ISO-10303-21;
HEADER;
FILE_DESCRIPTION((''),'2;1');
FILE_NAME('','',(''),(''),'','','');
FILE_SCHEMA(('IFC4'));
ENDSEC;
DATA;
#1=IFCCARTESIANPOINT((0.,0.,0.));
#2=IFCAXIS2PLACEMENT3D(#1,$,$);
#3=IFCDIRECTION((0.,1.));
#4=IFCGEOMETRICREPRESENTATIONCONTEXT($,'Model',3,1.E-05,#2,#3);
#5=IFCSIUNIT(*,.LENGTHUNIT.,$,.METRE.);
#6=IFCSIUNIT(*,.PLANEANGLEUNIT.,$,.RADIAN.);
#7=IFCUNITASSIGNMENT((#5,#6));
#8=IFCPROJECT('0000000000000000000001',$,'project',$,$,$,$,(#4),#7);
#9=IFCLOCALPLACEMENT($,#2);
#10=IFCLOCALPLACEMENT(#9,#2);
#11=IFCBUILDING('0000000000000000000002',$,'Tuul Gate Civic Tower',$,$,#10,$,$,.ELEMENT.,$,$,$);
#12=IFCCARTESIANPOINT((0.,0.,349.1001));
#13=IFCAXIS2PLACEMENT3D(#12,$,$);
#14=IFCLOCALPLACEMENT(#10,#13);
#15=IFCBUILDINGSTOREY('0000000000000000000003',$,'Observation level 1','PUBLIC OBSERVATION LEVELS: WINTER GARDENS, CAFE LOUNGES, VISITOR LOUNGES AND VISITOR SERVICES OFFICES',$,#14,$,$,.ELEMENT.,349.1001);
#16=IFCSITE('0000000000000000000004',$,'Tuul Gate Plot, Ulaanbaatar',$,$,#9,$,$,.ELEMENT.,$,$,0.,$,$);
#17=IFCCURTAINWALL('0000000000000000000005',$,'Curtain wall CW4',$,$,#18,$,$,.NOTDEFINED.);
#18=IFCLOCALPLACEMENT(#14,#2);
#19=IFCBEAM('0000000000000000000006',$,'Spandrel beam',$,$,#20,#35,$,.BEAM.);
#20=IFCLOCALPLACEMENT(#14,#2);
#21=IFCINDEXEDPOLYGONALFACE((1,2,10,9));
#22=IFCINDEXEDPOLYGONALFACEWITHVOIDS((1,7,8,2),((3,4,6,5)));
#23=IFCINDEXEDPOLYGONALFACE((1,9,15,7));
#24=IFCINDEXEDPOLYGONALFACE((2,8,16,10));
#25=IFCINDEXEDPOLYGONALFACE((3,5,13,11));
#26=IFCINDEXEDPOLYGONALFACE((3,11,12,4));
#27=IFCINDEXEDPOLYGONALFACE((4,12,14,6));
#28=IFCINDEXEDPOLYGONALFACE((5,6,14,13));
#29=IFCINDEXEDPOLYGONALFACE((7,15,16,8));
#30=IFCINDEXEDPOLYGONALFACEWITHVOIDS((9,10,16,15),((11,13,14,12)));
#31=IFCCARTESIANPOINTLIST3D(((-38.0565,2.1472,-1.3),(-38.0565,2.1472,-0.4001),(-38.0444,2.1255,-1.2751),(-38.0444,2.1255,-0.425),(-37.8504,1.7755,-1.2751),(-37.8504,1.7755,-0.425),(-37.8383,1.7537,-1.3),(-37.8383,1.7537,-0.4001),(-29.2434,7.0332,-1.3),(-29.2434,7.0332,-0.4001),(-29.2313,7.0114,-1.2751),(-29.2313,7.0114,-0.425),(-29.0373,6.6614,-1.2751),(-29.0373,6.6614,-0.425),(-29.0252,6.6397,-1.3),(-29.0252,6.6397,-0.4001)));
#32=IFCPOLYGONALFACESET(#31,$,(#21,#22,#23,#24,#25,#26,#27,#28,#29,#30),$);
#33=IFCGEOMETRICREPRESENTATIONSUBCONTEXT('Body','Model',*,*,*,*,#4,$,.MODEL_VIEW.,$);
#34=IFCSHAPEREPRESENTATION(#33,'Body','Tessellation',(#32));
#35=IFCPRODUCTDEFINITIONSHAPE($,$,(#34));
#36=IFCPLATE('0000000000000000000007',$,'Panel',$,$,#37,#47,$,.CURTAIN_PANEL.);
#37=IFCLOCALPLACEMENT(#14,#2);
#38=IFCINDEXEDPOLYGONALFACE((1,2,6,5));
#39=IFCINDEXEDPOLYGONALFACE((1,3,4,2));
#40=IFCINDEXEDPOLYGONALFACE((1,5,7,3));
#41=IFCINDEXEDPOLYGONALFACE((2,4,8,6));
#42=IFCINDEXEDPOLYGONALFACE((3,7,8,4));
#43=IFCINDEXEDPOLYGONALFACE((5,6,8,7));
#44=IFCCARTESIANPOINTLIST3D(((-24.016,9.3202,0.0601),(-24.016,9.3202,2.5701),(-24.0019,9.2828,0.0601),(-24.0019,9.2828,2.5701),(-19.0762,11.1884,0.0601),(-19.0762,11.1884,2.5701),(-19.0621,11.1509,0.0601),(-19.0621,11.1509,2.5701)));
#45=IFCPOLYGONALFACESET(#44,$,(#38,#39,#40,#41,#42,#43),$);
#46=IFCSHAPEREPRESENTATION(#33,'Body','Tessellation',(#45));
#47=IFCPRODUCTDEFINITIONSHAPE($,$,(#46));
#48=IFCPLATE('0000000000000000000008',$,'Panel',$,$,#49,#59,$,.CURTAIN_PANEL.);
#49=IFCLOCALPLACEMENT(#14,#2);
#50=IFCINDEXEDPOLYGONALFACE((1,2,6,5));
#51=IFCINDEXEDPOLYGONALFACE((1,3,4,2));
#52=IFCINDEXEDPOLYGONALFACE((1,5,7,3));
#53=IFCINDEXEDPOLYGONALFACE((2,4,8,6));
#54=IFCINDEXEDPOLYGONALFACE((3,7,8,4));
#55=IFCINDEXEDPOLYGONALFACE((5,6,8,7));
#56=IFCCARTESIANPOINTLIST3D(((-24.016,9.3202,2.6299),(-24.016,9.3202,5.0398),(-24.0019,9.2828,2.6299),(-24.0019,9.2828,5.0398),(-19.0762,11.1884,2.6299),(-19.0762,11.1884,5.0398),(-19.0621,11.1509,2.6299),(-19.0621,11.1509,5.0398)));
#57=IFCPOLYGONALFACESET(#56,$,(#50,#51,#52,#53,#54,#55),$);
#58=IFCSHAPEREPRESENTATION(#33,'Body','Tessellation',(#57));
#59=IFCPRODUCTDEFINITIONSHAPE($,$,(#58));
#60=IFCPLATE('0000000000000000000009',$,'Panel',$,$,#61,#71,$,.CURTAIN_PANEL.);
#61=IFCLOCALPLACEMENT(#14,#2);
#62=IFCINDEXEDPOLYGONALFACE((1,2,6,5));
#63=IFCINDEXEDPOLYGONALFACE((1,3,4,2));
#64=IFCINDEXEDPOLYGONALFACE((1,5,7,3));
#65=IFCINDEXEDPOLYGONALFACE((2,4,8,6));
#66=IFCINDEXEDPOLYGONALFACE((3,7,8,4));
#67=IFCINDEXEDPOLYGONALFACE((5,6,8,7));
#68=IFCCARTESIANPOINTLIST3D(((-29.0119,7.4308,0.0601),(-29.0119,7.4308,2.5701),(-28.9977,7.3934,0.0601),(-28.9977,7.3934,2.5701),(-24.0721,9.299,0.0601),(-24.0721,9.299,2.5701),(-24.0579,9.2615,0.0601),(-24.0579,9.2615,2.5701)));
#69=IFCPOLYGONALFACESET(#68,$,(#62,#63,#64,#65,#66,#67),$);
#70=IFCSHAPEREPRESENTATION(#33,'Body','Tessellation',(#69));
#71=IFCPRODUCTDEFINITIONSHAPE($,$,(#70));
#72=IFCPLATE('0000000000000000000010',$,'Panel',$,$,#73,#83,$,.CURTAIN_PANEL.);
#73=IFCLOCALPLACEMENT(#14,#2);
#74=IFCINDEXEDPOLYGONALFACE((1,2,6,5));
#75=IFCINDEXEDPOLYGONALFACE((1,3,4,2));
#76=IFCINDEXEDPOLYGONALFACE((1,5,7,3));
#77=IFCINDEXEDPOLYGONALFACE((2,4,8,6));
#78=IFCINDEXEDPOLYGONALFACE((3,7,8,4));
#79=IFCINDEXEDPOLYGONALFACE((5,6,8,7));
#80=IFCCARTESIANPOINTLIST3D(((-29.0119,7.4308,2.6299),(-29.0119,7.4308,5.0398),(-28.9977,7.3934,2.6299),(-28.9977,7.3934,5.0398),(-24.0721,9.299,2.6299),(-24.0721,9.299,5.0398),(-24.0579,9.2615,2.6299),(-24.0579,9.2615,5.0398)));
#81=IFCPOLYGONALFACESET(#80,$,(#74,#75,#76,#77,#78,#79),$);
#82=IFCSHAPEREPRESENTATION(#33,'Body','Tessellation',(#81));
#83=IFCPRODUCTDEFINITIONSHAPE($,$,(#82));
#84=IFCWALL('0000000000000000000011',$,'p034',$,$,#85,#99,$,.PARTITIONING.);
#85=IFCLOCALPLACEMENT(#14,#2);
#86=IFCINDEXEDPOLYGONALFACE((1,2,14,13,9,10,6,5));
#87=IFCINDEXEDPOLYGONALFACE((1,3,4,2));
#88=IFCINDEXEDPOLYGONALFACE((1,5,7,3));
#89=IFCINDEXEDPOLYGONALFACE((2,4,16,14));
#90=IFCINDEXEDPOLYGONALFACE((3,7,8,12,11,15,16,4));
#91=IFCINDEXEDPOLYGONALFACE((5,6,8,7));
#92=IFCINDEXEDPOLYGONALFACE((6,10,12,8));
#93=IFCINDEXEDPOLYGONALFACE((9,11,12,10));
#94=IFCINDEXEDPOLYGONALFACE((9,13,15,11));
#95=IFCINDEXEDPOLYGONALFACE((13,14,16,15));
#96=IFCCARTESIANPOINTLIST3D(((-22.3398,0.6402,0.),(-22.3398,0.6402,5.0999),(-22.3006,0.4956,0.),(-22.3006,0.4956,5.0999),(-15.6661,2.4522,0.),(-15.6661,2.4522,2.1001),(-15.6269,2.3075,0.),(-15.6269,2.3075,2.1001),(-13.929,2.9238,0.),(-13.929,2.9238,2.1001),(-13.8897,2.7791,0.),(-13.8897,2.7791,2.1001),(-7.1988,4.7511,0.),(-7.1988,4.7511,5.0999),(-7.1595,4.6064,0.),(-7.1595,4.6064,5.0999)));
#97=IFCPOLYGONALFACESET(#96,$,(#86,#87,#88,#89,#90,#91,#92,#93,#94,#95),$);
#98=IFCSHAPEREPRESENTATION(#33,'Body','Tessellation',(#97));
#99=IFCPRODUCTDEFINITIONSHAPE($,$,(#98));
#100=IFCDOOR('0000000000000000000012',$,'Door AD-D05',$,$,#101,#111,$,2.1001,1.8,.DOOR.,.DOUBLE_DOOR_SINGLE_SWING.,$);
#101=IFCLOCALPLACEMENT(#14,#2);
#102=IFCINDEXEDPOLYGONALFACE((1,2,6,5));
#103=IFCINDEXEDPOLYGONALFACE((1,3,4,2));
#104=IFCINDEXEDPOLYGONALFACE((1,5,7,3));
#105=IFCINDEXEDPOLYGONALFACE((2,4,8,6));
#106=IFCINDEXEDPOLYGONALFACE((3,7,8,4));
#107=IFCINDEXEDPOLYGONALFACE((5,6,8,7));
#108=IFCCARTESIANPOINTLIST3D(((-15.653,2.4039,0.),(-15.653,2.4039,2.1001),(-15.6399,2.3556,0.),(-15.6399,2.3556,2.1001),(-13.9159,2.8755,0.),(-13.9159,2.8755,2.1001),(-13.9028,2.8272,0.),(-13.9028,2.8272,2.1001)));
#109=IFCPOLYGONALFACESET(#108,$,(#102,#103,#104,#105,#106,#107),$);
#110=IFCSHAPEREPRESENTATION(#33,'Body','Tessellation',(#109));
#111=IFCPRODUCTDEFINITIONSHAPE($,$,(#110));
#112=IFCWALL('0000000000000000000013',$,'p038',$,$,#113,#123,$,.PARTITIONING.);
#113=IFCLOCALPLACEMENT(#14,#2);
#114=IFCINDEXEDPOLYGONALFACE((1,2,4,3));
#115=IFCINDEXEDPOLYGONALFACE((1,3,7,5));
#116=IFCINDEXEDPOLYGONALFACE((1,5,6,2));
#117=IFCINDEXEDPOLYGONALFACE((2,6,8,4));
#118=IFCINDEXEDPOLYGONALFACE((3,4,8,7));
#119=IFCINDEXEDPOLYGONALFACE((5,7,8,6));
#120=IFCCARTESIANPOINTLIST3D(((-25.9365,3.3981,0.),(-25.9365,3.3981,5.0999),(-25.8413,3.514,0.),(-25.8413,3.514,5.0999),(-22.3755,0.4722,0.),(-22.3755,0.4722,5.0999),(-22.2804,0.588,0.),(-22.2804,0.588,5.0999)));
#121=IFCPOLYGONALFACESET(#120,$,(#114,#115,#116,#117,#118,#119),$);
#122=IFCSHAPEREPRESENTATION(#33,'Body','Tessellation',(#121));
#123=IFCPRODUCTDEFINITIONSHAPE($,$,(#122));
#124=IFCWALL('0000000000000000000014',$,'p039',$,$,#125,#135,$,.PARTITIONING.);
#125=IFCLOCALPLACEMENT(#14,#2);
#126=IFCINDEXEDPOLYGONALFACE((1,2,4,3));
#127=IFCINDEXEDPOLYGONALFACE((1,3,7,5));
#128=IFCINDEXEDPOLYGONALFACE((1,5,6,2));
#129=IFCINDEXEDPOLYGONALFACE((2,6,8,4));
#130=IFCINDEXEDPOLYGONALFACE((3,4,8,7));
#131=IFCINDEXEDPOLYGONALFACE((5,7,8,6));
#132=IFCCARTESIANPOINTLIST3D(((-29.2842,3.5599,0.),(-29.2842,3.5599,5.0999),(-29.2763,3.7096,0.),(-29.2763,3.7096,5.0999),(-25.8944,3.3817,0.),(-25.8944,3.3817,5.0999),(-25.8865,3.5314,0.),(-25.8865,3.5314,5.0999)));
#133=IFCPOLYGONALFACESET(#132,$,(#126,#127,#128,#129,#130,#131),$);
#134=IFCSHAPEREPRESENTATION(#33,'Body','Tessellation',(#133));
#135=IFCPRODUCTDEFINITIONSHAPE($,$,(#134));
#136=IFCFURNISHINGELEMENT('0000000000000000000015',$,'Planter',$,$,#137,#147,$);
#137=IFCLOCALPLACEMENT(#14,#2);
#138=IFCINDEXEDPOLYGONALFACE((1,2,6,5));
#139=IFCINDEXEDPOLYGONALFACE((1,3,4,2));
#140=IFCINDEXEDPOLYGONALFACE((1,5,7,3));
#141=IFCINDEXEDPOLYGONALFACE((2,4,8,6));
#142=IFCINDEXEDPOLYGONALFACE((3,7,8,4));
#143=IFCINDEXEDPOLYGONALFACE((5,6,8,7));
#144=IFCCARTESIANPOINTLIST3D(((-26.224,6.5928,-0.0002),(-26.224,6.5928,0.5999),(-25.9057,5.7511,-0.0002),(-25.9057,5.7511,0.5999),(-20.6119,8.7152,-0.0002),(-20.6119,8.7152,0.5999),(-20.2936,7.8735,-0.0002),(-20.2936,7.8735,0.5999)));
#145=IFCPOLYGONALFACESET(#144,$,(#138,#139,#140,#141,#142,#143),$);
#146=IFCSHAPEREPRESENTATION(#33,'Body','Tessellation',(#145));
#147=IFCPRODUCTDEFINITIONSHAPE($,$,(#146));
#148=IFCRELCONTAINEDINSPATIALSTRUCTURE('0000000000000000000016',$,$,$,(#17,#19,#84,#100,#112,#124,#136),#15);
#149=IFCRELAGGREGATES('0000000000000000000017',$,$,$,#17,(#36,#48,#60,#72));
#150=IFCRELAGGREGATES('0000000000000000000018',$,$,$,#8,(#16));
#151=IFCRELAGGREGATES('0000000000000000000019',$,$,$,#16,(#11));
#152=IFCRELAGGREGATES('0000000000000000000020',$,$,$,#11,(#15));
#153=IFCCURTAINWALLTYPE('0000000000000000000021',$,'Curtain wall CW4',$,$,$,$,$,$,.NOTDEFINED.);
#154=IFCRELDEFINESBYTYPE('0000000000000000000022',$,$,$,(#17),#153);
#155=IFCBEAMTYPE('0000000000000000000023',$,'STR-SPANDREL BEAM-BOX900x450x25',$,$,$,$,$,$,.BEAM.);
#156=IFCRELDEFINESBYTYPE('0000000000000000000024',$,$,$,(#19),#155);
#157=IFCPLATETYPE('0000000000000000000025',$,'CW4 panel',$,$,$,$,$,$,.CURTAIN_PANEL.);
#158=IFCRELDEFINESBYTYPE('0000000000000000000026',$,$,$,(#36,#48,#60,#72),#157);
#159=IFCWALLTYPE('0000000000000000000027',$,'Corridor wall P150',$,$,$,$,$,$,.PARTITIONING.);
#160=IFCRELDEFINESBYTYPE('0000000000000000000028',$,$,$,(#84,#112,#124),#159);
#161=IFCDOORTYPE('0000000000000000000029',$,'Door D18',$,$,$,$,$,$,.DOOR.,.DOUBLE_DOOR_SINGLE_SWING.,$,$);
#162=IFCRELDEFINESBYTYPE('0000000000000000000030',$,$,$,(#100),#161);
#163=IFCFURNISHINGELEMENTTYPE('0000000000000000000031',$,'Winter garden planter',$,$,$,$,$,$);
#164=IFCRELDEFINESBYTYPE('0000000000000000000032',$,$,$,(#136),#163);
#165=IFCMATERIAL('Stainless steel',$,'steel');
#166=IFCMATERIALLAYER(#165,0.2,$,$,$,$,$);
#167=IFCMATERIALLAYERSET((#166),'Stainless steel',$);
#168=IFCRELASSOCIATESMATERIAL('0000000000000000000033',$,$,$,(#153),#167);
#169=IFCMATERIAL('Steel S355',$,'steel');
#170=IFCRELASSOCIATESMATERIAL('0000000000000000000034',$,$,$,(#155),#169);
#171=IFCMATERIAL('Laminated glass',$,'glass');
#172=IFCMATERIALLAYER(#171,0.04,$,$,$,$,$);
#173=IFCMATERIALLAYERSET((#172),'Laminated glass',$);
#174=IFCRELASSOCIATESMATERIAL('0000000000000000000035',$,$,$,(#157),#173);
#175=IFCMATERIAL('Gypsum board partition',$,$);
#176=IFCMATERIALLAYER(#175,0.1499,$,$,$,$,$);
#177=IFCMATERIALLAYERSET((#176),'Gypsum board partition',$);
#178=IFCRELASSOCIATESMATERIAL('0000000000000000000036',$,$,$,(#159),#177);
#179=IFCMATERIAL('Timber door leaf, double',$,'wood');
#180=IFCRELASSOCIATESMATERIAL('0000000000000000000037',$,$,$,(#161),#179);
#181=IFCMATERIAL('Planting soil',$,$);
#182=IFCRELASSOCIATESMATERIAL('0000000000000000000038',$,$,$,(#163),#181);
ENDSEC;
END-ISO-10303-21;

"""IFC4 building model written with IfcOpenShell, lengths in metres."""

from ifc_helpers import new_model, si_unit, direction, frame, frame_2d, origin, origin_2d, place, context, subcontext, project, spatial, rectangle, hollow_rectangle, extrude, material, layer, layer_set, material_profile, profile_set, type_object, element, fill, aggregate, save


model = new_model("IFC4")

# Units and contexts
model_context = context("Model", 3, precision=1e-05, world=origin(), true_north=direction((0.0, 1.0)))
body_context = subcontext(model_context, "Body", "Model", "MODEL_VIEW")
ifc_project = project(units=[si_unit("LENGTHUNIT", "METRE"), si_unit("PLANEANGLEUNIT", "RADIAN")], contexts=[model_context])

# Site, building, storey
site_placement = place(None, origin())
site = spatial("IfcSite", under=ifc_project, at=site_placement, Name="Tuul Gate Plot, Ulaanbaatar", CompositionType="ELEMENT", RefElevation=0.0)
building_placement = place(site_placement, origin())
building = spatial("IfcBuilding", under=site, at=building_placement, Name="Tuul Gate Civic Tower", CompositionType="ELEMENT")
storey_placement = place(building_placement, frame((0.0, 0.0, 349.1001)))
storey = spatial("IfcBuildingStorey", under=building, at=storey_placement, Name="Observation level 1", Description="PUBLIC OBSERVATION LEVELS: WINTER GARDENS, CAFE LOUNGES, VISITOR LOUNGES AND VISITOR SERVICES OFFICES", CompositionType="ELEMENT", Elevation=349.1001)

# Curtain wall
ifc_material_1 = material(Name="Stainless steel", Category="steel")
ifc_layer_1 = layer(ifc_material_1, 0.2)
ifc_layer_set_1 = layer_set([ifc_layer_1], Name="Stainless steel")
curtain_wall_type = type_object("IfcCurtainWallType", Name="Curtain wall CW4", PredefinedType="NOTDEFINED", material=ifc_layer_set_1)
curtain_wall_1_placement = place(storey_placement, origin())
curtain_wall_1 = element("IfcCurtainWall", 1, at=curtain_wall_1_placement, inside=storey, type_object=curtain_wall_type, Name="Curtain wall CW4", PredefinedType="NOTDEFINED")

# Beam
ifc_material_2 = material(Name="Steel S355", Category="steel")
ifc_material_profile_1 = material_profile(ifc_material_2, hollow_rectangle(XDim=0.45, YDim=0.8999, WallThickness=0.0249, at=origin_2d()), Name="BOX900x450x25")
ifc_profile_set_1 = profile_set([ifc_material_profile_1], Name="Steel S355")
beam_type = type_object("IfcBeamType", Name="STR-SPANDREL BEAM-BOX900x450x25", PredefinedType="BEAM", material=ifc_profile_set_1)
beam_placement = place(storey_placement, frame((-29.1343, 6.8364, -0.8501), z_axis=(-0.874589, -0.484865, 0.0), x_axis=(0.484865, -0.874589, 0.0)))
element("IfcBeam", 2, at=beam_placement, inside=storey, type_object=beam_type, Name="Spandrel beam", PredefinedType="BEAM", context=body_context, shape_type="SweptSolid", body=[
    extrude(hollow_rectangle(XDim=0.45, YDim=0.8999, WallThickness=0.0249, at=origin_2d()), origin(), (0.0, 0.0, 1.0), 10.0769),
])

# Plates
ifc_material_3 = material(Name="Laminated glass", Category="glass")
ifc_layer_2 = layer(ifc_material_3, 0.04)
ifc_layer_set_2 = layer_set([ifc_layer_2], Name="Laminated glass")
plate_type = type_object("IfcPlateType", Name="CW4 panel", PredefinedType="CURTAIN_PANEL", material=ifc_layer_set_2)
plate_1_placement = place(storey_placement, frame((-21.5391, 10.2356, 0.0601), z_axis=(0.0, 0.0, 1.0), x_axis=(-0.935346, -0.353734, 0.0)))
plate_1 = element("IfcPlate", 3, at=plate_1_placement, type_object=plate_type, Name="Panel", PredefinedType="CURTAIN_PANEL", context=body_context, shape_type="SweptSolid", body=[
    extrude(rectangle(XDim=5.2812, YDim=0.04, at=origin_2d()), origin(), (0.0, 0.0, 1.0), 2.51),
])
plate_2_placement = place(storey_placement, frame((-21.5391, 10.2356, 2.6299), z_axis=(0.0, 0.0, 1.0), x_axis=(-0.935346, -0.353734, 0.0)))
plate_2 = element("IfcPlate", 4, at=plate_2_placement, type_object=plate_type, Name="Panel", PredefinedType="CURTAIN_PANEL", context=body_context, shape_type="SweptSolid", body=[
    extrude(rectangle(XDim=5.2812, YDim=0.04, at=origin_2d()), origin(), (0.0, 0.0, 1.0), 2.4099),
])
plate_3_placement = place(storey_placement, frame((-26.5349, 8.3462, 0.0601), z_axis=(0.0, 0.0, 1.0), x_axis=(-0.935346, -0.353734, 0.0)))
plate_3 = element("IfcPlate", 5, at=plate_3_placement, type_object=plate_type, Name="Panel", PredefinedType="CURTAIN_PANEL", context=body_context, shape_type="SweptSolid", body=[
    extrude(rectangle(XDim=5.2812, YDim=0.04, at=origin_2d()), origin(), (0.0, 0.0, 1.0), 2.51),
])
plate_4_placement = place(storey_placement, frame((-26.5349, 8.3462, 2.6299), z_axis=(0.0, 0.0, 1.0), x_axis=(-0.935346, -0.353734, 0.0)))
plate_4 = element("IfcPlate", 6, at=plate_4_placement, type_object=plate_type, Name="Panel", PredefinedType="CURTAIN_PANEL", context=body_context, shape_type="SweptSolid", body=[
    extrude(rectangle(XDim=5.2812, YDim=0.04, at=origin_2d()), origin(), (0.0, 0.0, 1.0), 2.4099),
])
aggregate(curtain_wall_1, [plate_1, plate_2, plate_3, plate_4])

# Wall, opening, door
ifc_material_4 = material(Name="Gypsum board partition")
ifc_layer_3 = layer(ifc_material_4, 0.1499)
ifc_layer_set_3 = layer_set([ifc_layer_3], Name="Gypsum board partition")
wall_type = type_object("IfcWallType", Name="Corridor wall P150", PredefinedType="PARTITIONING", material=ifc_layer_set_3)
wall_1_placement = place(storey_placement, frame((-22.3203, 0.5679, 0.0), z_axis=(0.0, 0.0, 1.0), x_axis=(0.965063, 0.262016, 0.0)))
wall_1 = element("IfcWall", 7, at=wall_1_placement, inside=storey, type_object=wall_type, Name="p034", PredefinedType="PARTITIONING", context=body_context, shape_type="SweptSolid", body=[
    extrude(rectangle(XDim=15.6892, YDim=0.1499, at=frame_2d((7.8447, 0.0))), origin(), (0.0, 0.0, 1.0), 5.0999),
])
opening_placement = place(wall_1_placement, frame((6.9155, 0.0, 0.0)))
opening = element("IfcOpeningElement", 8, at=opening_placement, cuts=wall_1, PredefinedType="OPENING", context=body_context, shape_type="SweptSolid", body=[
    extrude(rectangle(XDim=1.8, YDim=2.1001, at=frame_2d((0.8999, 1.05))), frame((0.0, 0.085, 0.0), z_axis=(0.0, -1.0, 0.0), x_axis=(1.0, 0.0, 0.0)), (0.0, 0.0, 1.0), 0.1699),
])
ifc_material_5 = material(Name="Timber door leaf, double", Category="wood")
door_type = type_object("IfcDoorType", Name="Door D18", OperationType="DOUBLE_DOOR_SINGLE_SWING", PredefinedType="DOOR", material=ifc_material_5)
door_placement = place(opening_placement, origin())
door = element("IfcDoor", 9, at=door_placement, inside=storey, type_object=door_type, Name="Door AD-D05", OperationType="DOUBLE_DOOR_SINGLE_SWING", OverallHeight=2.1001, OverallWidth=1.8, PredefinedType="DOOR", context=body_context, shape_type="SweptSolid", body=[
    extrude(rectangle(XDim=1.8, YDim=2.1001, at=frame_2d((0.8999, 1.05))), frame((0.0, 0.0249, 0.0), z_axis=(0.0, -1.0, 0.0), x_axis=(1.0, 0.0, 0.0)), (0.0, 0.0, 1.0), 0.05),
])
fill(opening, door)

# Walls
wall_2_placement = place(storey_placement, frame((-25.8889, 3.4561, 0.0), z_axis=(0.0, 0.0, 1.0), x_axis=(0.772632, -0.634855, 0.0)))
element("IfcWall", 10, at=wall_2_placement, inside=storey, type_object=wall_type, Name="p038", PredefinedType="PARTITIONING", context=body_context, shape_type="SweptSolid", body=[
    extrude(rectangle(XDim=4.6089, YDim=0.1499, at=frame_2d((2.3044, 0.0))), origin(), (0.0, 0.0, 1.0), 5.0999),
])
wall_3_placement = place(storey_placement, frame((-29.2803, 3.6348, 0.0), z_axis=(0.0, 0.0, 1.0), x_axis=(0.998621, -0.052502, 0.0)))
element("IfcWall", 11, at=wall_3_placement, inside=storey, type_object=wall_type, Name="p039", PredefinedType="PARTITIONING", context=body_context, shape_type="SweptSolid", body=[
    extrude(rectangle(XDim=3.3945, YDim=0.1499, at=frame_2d((1.6973, 0.0))), origin(), (0.0, 0.0, 1.0), 5.0999),
])

# Furnishing element
ifc_material_6 = material(Name="Planting soil")
furnishing_element_type = type_object("IfcFurnishingElementType", Name="Winter garden planter", material=ifc_material_6)
furnishing_placement = place(storey_placement, frame((-23.2588, 7.2332, -0.0002), z_axis=(0.0, 0.0, 1.0), x_axis=(-0.935346, -0.353734, 0.0)))
element("IfcFurnishingElement", 12, at=furnishing_placement, inside=storey, type_object=furnishing_element_type, Name="Planter", context=body_context, shape_type="SweptSolid", body=[
    extrude(rectangle(XDim=6.0, YDim=0.8999, at=origin_2d()), origin(), (0.0, 0.0, 1.0), 0.6001),
])

save(model, "model.ifc")
